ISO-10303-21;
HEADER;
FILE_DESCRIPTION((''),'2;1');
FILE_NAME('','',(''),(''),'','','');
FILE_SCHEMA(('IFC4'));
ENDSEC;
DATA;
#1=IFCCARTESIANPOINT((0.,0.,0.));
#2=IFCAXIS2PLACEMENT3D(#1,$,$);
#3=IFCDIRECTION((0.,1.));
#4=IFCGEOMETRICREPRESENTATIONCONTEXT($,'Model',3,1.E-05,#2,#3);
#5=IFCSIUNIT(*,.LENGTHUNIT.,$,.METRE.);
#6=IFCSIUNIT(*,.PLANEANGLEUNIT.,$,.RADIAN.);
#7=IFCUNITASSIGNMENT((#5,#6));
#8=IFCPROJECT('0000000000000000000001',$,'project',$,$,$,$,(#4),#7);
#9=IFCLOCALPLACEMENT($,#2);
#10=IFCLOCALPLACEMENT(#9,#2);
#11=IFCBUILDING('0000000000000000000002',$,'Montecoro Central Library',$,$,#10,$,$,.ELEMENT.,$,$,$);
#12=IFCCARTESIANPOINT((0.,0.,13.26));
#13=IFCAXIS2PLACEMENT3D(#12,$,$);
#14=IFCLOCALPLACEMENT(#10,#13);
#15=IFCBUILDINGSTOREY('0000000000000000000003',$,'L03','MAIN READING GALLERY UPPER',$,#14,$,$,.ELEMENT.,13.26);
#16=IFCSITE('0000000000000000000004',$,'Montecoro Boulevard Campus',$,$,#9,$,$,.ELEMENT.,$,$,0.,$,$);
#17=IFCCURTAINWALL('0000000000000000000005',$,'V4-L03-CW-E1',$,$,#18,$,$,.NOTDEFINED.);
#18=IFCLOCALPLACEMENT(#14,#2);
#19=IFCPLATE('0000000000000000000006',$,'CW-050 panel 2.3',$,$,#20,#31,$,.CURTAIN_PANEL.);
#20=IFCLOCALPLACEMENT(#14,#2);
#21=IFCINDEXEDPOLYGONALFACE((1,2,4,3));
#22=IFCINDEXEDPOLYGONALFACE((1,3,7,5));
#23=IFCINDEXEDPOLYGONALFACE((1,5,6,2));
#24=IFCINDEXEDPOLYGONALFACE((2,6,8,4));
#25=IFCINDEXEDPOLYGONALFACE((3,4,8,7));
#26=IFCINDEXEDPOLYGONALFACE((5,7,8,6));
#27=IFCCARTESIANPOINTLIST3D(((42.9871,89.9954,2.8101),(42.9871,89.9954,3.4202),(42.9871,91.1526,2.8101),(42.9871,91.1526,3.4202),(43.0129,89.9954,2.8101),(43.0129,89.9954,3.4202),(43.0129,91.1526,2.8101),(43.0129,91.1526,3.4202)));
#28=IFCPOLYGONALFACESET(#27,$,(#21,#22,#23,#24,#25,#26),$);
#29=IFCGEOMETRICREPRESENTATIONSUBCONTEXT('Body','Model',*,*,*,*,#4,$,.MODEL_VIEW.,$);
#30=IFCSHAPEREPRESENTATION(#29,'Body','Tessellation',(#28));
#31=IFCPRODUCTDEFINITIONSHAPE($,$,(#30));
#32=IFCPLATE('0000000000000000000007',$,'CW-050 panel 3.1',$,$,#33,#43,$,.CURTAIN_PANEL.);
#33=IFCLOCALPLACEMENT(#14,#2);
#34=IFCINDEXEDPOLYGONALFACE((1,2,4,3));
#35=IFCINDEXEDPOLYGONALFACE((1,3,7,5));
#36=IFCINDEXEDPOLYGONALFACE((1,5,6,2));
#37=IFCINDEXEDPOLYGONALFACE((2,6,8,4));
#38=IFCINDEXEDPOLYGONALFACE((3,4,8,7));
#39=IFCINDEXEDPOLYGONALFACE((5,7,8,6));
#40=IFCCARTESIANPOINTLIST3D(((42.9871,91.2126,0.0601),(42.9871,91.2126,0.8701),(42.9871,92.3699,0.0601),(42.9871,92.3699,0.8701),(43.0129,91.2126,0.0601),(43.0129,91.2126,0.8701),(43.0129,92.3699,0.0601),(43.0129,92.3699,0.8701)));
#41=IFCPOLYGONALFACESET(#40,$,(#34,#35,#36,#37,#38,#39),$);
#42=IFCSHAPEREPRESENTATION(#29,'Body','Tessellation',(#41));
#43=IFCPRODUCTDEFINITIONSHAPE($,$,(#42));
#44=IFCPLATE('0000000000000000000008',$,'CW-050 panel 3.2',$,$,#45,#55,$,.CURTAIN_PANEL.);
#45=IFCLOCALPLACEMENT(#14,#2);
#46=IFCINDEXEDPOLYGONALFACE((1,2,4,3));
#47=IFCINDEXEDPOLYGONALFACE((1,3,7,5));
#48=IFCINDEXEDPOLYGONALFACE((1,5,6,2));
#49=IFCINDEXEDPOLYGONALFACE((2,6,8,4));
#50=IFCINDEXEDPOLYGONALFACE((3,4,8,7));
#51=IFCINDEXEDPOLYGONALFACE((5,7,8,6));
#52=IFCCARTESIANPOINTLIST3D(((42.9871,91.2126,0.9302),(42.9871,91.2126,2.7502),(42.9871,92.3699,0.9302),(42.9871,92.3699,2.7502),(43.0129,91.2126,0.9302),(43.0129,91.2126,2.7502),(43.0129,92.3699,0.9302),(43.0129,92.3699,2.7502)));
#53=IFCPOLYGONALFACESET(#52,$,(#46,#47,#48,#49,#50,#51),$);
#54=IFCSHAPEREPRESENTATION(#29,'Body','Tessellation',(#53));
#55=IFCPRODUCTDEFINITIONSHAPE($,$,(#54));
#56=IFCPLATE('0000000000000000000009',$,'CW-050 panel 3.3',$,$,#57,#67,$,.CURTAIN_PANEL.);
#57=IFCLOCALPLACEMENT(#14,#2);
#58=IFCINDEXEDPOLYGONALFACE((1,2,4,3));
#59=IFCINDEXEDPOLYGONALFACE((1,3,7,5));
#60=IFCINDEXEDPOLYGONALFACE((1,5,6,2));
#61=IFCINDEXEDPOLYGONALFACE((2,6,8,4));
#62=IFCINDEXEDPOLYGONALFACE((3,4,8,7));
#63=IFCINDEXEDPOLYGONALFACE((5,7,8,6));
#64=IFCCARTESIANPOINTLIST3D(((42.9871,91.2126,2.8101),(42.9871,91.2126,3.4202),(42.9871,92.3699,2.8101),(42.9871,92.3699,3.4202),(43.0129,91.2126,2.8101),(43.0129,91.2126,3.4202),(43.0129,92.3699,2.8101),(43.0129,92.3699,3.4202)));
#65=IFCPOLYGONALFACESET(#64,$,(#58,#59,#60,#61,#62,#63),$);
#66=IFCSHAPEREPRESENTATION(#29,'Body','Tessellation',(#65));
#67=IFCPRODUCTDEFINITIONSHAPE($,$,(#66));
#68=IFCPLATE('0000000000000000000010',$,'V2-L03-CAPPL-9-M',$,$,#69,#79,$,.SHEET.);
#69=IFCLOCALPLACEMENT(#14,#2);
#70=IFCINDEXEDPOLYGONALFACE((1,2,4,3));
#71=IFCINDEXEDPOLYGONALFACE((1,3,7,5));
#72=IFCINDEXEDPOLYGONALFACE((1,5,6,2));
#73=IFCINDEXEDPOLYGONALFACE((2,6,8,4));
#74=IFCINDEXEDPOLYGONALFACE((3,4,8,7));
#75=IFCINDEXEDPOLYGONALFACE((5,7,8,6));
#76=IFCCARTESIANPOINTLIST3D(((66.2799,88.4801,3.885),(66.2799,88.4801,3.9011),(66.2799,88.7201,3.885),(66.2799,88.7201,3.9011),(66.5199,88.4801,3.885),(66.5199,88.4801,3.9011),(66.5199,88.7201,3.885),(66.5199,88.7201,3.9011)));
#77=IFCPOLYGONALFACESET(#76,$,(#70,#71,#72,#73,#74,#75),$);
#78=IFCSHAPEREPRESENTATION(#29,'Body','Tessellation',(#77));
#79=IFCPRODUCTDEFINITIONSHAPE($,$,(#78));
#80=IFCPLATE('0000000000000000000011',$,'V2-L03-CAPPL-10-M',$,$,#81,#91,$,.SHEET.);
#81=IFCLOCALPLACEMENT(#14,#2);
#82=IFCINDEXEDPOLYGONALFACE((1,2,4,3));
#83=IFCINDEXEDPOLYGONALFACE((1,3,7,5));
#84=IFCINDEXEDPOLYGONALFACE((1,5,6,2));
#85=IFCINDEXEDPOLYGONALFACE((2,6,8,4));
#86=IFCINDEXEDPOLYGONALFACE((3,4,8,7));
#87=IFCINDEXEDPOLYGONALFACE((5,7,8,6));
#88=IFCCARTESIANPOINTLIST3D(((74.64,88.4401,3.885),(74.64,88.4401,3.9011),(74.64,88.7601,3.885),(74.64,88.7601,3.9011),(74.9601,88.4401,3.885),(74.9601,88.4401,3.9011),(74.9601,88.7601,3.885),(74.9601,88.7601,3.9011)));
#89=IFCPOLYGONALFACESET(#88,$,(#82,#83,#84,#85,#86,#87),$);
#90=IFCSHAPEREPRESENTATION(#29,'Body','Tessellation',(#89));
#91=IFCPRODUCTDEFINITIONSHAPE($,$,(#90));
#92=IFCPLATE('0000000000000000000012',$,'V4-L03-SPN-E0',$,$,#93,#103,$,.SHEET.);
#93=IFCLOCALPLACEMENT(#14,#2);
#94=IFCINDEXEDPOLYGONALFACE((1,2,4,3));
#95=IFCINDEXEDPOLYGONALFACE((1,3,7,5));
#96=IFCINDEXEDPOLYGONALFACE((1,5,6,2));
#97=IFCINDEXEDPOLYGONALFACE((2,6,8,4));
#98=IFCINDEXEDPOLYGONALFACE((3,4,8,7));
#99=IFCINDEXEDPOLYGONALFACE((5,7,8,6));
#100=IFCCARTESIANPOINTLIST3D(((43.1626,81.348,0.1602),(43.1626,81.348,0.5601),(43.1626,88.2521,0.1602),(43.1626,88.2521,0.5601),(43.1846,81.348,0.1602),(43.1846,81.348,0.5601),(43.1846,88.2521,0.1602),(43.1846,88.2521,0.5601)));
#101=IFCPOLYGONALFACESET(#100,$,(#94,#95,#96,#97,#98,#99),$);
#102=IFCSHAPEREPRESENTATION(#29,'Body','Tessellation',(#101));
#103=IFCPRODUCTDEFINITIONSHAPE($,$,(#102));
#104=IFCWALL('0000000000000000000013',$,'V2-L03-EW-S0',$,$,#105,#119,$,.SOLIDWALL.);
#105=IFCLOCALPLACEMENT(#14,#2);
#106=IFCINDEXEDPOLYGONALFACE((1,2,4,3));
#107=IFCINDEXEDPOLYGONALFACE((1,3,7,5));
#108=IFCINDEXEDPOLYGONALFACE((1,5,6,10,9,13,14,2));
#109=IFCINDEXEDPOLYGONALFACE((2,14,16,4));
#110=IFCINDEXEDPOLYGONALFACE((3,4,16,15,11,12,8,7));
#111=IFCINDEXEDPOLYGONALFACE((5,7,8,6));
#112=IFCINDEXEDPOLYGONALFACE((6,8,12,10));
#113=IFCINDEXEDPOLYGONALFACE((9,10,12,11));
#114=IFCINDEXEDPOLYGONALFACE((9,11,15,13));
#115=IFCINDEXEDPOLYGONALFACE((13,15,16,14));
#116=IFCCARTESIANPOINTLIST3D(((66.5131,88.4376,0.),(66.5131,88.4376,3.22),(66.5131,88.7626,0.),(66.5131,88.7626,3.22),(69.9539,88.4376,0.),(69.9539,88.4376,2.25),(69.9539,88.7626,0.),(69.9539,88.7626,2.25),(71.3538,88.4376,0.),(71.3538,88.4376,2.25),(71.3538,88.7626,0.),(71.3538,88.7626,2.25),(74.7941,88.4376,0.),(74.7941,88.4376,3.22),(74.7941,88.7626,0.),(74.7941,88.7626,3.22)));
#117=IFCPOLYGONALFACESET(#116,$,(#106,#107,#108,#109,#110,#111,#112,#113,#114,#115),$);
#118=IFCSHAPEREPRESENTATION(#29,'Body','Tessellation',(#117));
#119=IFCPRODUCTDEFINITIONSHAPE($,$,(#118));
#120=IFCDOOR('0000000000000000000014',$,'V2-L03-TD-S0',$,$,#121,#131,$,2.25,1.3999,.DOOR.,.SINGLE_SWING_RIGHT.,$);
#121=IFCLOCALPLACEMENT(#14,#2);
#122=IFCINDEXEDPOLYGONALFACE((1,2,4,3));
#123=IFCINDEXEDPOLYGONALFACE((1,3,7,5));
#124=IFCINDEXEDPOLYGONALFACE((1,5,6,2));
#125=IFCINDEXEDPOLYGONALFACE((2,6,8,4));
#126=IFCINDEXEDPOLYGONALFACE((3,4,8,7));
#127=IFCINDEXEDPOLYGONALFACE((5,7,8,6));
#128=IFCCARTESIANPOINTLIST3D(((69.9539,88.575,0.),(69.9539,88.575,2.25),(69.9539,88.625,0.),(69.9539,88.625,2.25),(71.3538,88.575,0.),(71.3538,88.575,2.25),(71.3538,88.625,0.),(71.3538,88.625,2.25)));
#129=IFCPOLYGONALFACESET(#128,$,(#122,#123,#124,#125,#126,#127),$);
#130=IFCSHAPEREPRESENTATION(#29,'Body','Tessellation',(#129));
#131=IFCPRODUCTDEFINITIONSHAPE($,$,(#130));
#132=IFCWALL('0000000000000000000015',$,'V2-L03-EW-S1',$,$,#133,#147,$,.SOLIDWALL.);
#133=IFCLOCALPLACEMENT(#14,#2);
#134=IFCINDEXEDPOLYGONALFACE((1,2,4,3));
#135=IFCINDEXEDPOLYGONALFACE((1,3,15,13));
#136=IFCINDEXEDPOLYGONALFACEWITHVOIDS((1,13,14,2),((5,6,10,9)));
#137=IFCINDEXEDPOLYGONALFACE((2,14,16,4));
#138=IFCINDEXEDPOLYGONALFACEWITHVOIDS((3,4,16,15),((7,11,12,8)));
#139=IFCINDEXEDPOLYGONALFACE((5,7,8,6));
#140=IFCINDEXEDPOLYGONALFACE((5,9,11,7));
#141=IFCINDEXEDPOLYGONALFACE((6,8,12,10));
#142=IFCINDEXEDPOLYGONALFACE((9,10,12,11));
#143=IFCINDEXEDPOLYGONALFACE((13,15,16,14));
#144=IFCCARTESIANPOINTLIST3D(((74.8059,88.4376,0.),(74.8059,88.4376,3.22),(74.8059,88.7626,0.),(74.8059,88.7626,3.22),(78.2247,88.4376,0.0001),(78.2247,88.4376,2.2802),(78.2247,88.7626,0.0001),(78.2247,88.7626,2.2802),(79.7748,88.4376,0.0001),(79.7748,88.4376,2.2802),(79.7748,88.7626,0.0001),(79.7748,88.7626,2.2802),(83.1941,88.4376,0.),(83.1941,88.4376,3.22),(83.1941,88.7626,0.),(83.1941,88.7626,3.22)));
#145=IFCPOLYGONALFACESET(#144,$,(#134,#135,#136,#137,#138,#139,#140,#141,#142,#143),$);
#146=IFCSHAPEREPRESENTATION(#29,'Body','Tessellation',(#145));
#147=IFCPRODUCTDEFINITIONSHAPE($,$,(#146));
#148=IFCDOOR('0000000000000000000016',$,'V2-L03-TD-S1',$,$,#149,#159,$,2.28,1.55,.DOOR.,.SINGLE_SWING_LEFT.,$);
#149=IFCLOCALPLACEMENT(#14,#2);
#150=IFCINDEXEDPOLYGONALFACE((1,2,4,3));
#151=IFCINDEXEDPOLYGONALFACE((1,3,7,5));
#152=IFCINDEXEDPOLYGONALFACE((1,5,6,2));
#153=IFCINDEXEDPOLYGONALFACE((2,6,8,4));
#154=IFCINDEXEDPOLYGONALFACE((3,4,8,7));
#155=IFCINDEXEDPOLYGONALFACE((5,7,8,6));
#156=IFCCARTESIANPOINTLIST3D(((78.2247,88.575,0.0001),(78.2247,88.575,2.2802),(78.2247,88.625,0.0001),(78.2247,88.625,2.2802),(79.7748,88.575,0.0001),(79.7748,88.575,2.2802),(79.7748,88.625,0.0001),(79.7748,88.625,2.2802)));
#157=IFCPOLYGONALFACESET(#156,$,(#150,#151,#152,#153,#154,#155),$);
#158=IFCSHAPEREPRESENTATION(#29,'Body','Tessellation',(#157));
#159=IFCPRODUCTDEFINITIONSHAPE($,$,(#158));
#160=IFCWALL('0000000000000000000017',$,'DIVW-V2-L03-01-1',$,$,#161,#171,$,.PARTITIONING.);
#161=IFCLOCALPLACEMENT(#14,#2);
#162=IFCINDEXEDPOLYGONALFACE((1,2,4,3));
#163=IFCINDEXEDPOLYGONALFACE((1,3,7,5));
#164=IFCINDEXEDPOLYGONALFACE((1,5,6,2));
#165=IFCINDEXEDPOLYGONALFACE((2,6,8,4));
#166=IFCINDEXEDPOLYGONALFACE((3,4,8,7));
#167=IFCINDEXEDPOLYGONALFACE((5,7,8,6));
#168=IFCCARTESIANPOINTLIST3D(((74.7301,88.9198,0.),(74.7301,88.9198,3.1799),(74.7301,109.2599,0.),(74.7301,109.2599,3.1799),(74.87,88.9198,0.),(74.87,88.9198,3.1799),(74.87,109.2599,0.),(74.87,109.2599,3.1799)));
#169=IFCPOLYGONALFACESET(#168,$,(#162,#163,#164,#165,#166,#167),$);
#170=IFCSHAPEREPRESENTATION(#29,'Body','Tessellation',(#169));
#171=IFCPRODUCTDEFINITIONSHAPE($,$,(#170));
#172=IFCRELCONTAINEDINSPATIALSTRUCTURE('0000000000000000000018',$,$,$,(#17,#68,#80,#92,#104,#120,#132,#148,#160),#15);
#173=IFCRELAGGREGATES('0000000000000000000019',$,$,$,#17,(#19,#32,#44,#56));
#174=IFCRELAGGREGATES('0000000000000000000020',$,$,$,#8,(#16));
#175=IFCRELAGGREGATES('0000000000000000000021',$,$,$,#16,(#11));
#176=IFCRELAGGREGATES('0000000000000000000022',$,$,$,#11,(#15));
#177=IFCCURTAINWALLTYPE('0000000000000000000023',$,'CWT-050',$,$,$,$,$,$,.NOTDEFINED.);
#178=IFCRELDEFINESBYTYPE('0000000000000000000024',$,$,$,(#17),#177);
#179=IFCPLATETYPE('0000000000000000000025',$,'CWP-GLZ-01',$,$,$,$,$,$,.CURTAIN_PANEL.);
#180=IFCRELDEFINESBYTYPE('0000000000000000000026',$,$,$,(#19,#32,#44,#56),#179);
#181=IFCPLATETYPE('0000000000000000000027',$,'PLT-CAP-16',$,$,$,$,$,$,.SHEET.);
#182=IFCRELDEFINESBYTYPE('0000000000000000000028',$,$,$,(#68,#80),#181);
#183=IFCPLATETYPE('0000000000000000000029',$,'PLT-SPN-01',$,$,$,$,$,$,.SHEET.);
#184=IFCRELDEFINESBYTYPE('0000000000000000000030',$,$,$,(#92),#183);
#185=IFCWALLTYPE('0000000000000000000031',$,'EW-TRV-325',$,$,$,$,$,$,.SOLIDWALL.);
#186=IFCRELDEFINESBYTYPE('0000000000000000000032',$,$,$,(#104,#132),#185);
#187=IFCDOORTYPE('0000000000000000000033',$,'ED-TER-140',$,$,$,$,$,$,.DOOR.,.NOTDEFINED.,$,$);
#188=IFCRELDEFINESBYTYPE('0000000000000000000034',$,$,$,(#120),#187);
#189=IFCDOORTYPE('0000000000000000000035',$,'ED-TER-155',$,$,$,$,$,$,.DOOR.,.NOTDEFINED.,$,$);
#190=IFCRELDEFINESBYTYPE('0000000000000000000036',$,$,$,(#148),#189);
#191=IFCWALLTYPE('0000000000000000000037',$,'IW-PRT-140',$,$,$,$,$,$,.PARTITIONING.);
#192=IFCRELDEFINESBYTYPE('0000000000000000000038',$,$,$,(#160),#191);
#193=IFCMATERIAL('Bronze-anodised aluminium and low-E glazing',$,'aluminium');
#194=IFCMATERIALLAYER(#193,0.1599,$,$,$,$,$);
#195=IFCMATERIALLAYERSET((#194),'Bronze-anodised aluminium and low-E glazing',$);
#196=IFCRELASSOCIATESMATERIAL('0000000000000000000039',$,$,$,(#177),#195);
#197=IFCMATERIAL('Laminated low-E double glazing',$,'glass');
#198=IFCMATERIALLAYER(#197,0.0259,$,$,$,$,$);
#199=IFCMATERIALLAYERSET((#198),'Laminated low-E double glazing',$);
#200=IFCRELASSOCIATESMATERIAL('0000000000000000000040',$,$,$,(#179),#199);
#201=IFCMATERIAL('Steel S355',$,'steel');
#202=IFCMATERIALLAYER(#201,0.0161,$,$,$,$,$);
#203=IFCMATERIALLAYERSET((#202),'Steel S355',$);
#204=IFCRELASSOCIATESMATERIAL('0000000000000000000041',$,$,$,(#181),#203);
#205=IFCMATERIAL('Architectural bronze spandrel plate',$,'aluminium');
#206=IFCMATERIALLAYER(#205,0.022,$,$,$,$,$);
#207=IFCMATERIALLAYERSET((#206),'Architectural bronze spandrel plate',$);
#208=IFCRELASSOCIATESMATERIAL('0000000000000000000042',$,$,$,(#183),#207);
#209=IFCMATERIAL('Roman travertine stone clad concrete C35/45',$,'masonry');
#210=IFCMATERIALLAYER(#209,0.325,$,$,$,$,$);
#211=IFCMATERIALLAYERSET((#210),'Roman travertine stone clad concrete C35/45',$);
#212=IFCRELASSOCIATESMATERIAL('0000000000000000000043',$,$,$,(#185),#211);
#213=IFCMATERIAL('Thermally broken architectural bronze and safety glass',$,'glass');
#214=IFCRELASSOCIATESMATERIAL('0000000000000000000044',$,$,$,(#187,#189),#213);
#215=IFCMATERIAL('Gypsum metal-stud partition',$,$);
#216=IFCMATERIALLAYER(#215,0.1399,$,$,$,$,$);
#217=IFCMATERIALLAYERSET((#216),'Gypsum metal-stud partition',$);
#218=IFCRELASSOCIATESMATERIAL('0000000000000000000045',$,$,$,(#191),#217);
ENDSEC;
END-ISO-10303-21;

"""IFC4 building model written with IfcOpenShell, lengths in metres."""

from ifc_helpers import new_model, si_unit, direction, frame, frame_2d, origin, origin_2d, place, context, subcontext, project, spatial, rectangle, extrude, material, layer, layer_set, type_object, element, fill, aggregate, save


model = new_model("IFC4")

# Units and contexts
model_context = context("Model", 3, precision=1e-05, world=origin(), true_north=direction((0.0, 1.0)))
body_context = subcontext(model_context, "Body", "Model", "MODEL_VIEW")
ifc_project = project(units=[si_unit("LENGTHUNIT", "METRE"), si_unit("PLANEANGLEUNIT", "RADIAN")], contexts=[model_context])

# Site, building, storey
site_placement = place(None, origin())
site = spatial("IfcSite", under=ifc_project, at=site_placement, Name="Montecoro Boulevard Campus", CompositionType="ELEMENT", RefElevation=0.0)
building_placement = place(site_placement, origin())
building = spatial("IfcBuilding", under=site, at=building_placement, Name="Montecoro Central Library", CompositionType="ELEMENT")
storey_placement = place(building_placement, frame((0.0, 0.0, 13.26)))
storey = spatial("IfcBuildingStorey", under=building, at=storey_placement, Name="L03", Description="MAIN READING GALLERY UPPER", CompositionType="ELEMENT", Elevation=13.26)

# Shared definitions
ifc_material_1 = material(Name="Steel S355", Category="steel")

# Curtain wall, plates
ifc_material_2 = material(Name="Bronze-anodised aluminium and low-E glazing", Category="aluminium")
ifc_layer_1 = layer(ifc_material_2, 0.1599)
ifc_layer_set_1 = layer_set([ifc_layer_1], Name="Bronze-anodised aluminium and low-E glazing")
curtain_wall_type = type_object("IfcCurtainWallType", Name="CWT-050", PredefinedType="NOTDEFINED", material=ifc_layer_set_1)
curtain_wall_placement = place(storey_placement, origin())
curtain_wall = element("IfcCurtainWall", 1, at=curtain_wall_placement, inside=storey, type_object=curtain_wall_type, Name="V4-L03-CW-E1", PredefinedType="NOTDEFINED")
ifc_material_3 = material(Name="Laminated low-E double glazing", Category="glass")
ifc_layer_2 = layer(ifc_material_3, 0.0259)
ifc_layer_set_2 = layer_set([ifc_layer_2], Name="Laminated low-E double glazing")
plate_type_1 = type_object("IfcPlateType", Name="CWP-GLZ-01", PredefinedType="CURTAIN_PANEL", material=ifc_layer_set_2)
plate_1_placement = place(storey_placement, frame((43.0, 90.574, 2.8101), z_axis=(0.0, 0.0, 1.0), x_axis=(0.0, 1.0, 0.0)))
plate_1 = element("IfcPlate", 2, at=plate_1_placement, type_object=plate_type_1, Name="CW-050 panel 2.3", PredefinedType="CURTAIN_PANEL", context=body_context, shape_type="SweptSolid", body=[
    extrude(rectangle(XDim=1.1572, YDim=0.0259, at=origin_2d()), origin(), (0.0, 0.0, 1.0), 0.6101),
])
plate_2_placement = place(storey_placement, frame((43.0, 91.7913, 0.0601), z_axis=(0.0, 0.0, 1.0), x_axis=(0.0, 1.0, 0.0)))
plate_2 = element("IfcPlate", 3, at=plate_2_placement, type_object=plate_type_1, Name="CW-050 panel 3.1", PredefinedType="CURTAIN_PANEL", context=body_context, shape_type="SweptSolid", body=[
    extrude(rectangle(XDim=1.1572, YDim=0.0259, at=origin_2d()), origin(), (0.0, 0.0, 1.0), 0.8101),
])
plate_3_placement = place(storey_placement, frame((43.0, 91.7913, 0.9302), z_axis=(0.0, 0.0, 1.0), x_axis=(0.0, 1.0, 0.0)))
plate_3 = element("IfcPlate", 4, at=plate_3_placement, type_object=plate_type_1, Name="CW-050 panel 3.2", PredefinedType="CURTAIN_PANEL", context=body_context, shape_type="SweptSolid", body=[
    extrude(rectangle(XDim=1.1572, YDim=0.0259, at=origin_2d()), origin(), (0.0, 0.0, 1.0), 1.8201),
])
plate_4_placement = place(storey_placement, frame((43.0, 91.7913, 2.8101), z_axis=(0.0, 0.0, 1.0), x_axis=(0.0, 1.0, 0.0)))
plate_4 = element("IfcPlate", 5, at=plate_4_placement, type_object=plate_type_1, Name="CW-050 panel 3.3", PredefinedType="CURTAIN_PANEL", context=body_context, shape_type="SweptSolid", body=[
    extrude(rectangle(XDim=1.1572, YDim=0.0259, at=origin_2d()), origin(), (0.0, 0.0, 1.0), 0.6101),
])
aggregate(curtain_wall, [plate_1, plate_2, plate_3, plate_4])

# Plates
ifc_layer_3 = layer(ifc_material_1, 0.0161)
ifc_layer_set_3 = layer_set([ifc_layer_3], Name="Steel S355")
plate_type_2 = type_object("IfcPlateType", Name="PLT-CAP-16", PredefinedType="SHEET", material=ifc_layer_set_3)
plate_5_placement = place(storey_placement, frame((66.3999, 88.6001, 3.885), z_axis=(0.0, 0.0, 1.0), x_axis=(1.0, 0.0, 0.0)))
element("IfcPlate", 6, at=plate_5_placement, inside=storey, type_object=plate_type_2, Name="V2-L03-CAPPL-9-M", PredefinedType="SHEET", context=body_context, shape_type="SweptSolid", body=[
    extrude(rectangle(XDim=0.24, YDim=0.24, at=origin_2d()), origin(), (0.0, 0.0, 1.0), 0.0161),
])
plate_6_placement = place(storey_placement, frame((74.8, 88.6001, 3.885), z_axis=(0.0, 0.0, 1.0), x_axis=(1.0, 0.0, 0.0)))
element("IfcPlate", 7, at=plate_6_placement, inside=storey, type_object=plate_type_2, Name="V2-L03-CAPPL-10-M", PredefinedType="SHEET", context=body_context, shape_type="SweptSolid", body=[
    extrude(rectangle(XDim=0.3201, YDim=0.3201, at=origin_2d()), origin(), (0.0, 0.0, 1.0), 0.0161),
])
ifc_material_4 = material(Name="Architectural bronze spandrel plate", Category="aluminium")
ifc_layer_4 = layer(ifc_material_4, 0.022)
ifc_layer_set_4 = layer_set([ifc_layer_4], Name="Architectural bronze spandrel plate")
plate_type_3 = type_object("IfcPlateType", Name="PLT-SPN-01", PredefinedType="SHEET", material=ifc_layer_set_4)
plate_7_placement = place(storey_placement, frame((43.1736, 84.8, 0.1602), z_axis=(0.0, 0.0, 1.0), x_axis=(0.0, 1.0, 0.0)))
element("IfcPlate", 8, at=plate_7_placement, inside=storey, type_object=plate_type_3, Name="V4-L03-SPN-E0", PredefinedType="SHEET", context=body_context, shape_type="SweptSolid", body=[
    extrude(rectangle(XDim=6.9041, YDim=0.022, at=origin_2d()), origin(), (0.0, 0.0, 1.0), 0.3999),
])

# Walls, openings, doors
ifc_material_5 = material(Name="Roman travertine stone clad concrete C35/45", Category="masonry")
ifc_layer_5 = layer(ifc_material_5, 0.325)
ifc_layer_set_5 = layer_set([ifc_layer_5], Name="Roman travertine stone clad concrete C35/45")
wall_type_1 = type_object("IfcWallType", Name="EW-TRV-325", PredefinedType="SOLIDWALL", material=ifc_layer_set_5)
wall_1_placement = place(storey_placement, frame((66.5129, 88.6001, 0.0), z_axis=(0.0, 0.0, 1.0), x_axis=(1.0, 0.0, 0.0)))
wall_1 = element("IfcWall", 9, at=wall_1_placement, inside=storey, type_object=wall_type_1, Name="V2-L03-EW-S0", PredefinedType="SOLIDWALL", context=body_context, shape_type="SweptSolid", body=[
    extrude(rectangle(XDim=8.281, YDim=0.325, at=frame_2d((4.1406, 0.0))), origin(), (0.0, 0.0, 1.0), 3.22),
])
opening_1_placement = place(wall_1_placement, frame((3.4409, 0.0, 0.0)))
opening_1 = element("IfcOpeningElement", 10, at=opening_1_placement, cuts=wall_1, PredefinedType="OPENING", context=body_context, shape_type="SweptSolid", body=[
    extrude(rectangle(XDim=1.3999, YDim=2.25, at=frame_2d((0.7, 1.125))), frame((0.0, 0.1724, 0.0), z_axis=(0.0, -1.0, 0.0), x_axis=(1.0, 0.0, 0.0)), (0.0, 0.0, 1.0), 0.345),
])
ifc_material_6 = material(Name="Thermally broken architectural bronze and safety glass", Category="glass")
door_type_1 = type_object("IfcDoorType", Name="ED-TER-140", OperationType="NOTDEFINED", PredefinedType="DOOR", material=ifc_material_6)
door_1_placement = place(opening_1_placement, origin())
door_1 = element("IfcDoor", 11, at=door_1_placement, inside=storey, type_object=door_type_1, Name="V2-L03-TD-S0", OperationType="SINGLE_SWING_RIGHT", OverallHeight=2.25, OverallWidth=1.3999, PredefinedType="DOOR", context=body_context, shape_type="SweptSolid", body=[
    extrude(rectangle(XDim=1.3999, YDim=2.25, at=frame_2d((0.7, 1.125))), frame((0.0, 0.0249, 0.0), z_axis=(0.0, -1.0, 0.0), x_axis=(1.0, 0.0, 0.0)), (0.0, 0.0, 1.0), 0.05),
])
fill(opening_1, door_1)
wall_2_placement = place(storey_placement, frame((74.8059, 88.6001, 0.0), z_axis=(0.0, 0.0, 1.0), x_axis=(1.0, 0.0, 0.0)))
wall_2 = element("IfcWall", 12, at=wall_2_placement, inside=storey, type_object=wall_type_1, Name="V2-L03-EW-S1", PredefinedType="SOLIDWALL", context=body_context, shape_type="SweptSolid", body=[
    extrude(rectangle(XDim=8.3882, YDim=0.325, at=frame_2d((4.1941, 0.0))), origin(), (0.0, 0.0, 1.0), 3.22),
])
opening_2_placement = place(wall_2_placement, frame((3.4189, 0.0, 0.0)))
opening_2 = element("IfcOpeningElement", 13, at=opening_2_placement, cuts=wall_2, PredefinedType="OPENING", context=body_context, shape_type="SweptSolid", body=[
    extrude(rectangle(XDim=1.55, YDim=2.28, at=frame_2d((0.7749, 1.1401))), frame((0.0, 0.1724, 0.0), z_axis=(0.0, -1.0, 0.0), x_axis=(1.0, 0.0, 0.0)), (0.0, 0.0, 1.0), 0.345),
])
door_type_2 = type_object("IfcDoorType", Name="ED-TER-155", OperationType="NOTDEFINED", PredefinedType="DOOR", material=ifc_material_6)
door_2_placement = place(opening_2_placement, origin())
door_2 = element("IfcDoor", 14, at=door_2_placement, inside=storey, type_object=door_type_2, Name="V2-L03-TD-S1", OperationType="SINGLE_SWING_LEFT", OverallHeight=2.28, OverallWidth=1.55, PredefinedType="DOOR", context=body_context, shape_type="SweptSolid", body=[
    extrude(rectangle(XDim=1.55, YDim=2.28, at=frame_2d((0.7749, 1.1401))), frame((0.0, 0.0249, 0.0), z_axis=(0.0, -1.0, 0.0), x_axis=(1.0, 0.0, 0.0)), (0.0, 0.0, 1.0), 0.05),
])
fill(opening_2, door_2)

# Wall
ifc_material_7 = material(Name="Gypsum metal-stud partition")
ifc_layer_6 = layer(ifc_material_7, 0.1399)
ifc_layer_set_6 = layer_set([ifc_layer_6], Name="Gypsum metal-stud partition")
wall_type_2 = type_object("IfcWallType", Name="IW-PRT-140", PredefinedType="PARTITIONING", material=ifc_layer_set_6)
wall_3_placement = place(storey_placement, frame((74.8, 88.9199, 0.0), z_axis=(0.0, 0.0, 1.0), x_axis=(0.0, 1.0, 0.0)))
element("IfcWall", 15, at=wall_3_placement, inside=storey, type_object=wall_type_2, Name="DIVW-V2-L03-01-1", PredefinedType="PARTITIONING", context=body_context, shape_type="SweptSolid", body=[
    extrude(rectangle(XDim=20.3401, YDim=0.1399, at=frame_2d((10.1699, 0.0))), origin(), (0.0, 0.0, 1.0), 3.1799),
])

save(model, "model.ifc")
